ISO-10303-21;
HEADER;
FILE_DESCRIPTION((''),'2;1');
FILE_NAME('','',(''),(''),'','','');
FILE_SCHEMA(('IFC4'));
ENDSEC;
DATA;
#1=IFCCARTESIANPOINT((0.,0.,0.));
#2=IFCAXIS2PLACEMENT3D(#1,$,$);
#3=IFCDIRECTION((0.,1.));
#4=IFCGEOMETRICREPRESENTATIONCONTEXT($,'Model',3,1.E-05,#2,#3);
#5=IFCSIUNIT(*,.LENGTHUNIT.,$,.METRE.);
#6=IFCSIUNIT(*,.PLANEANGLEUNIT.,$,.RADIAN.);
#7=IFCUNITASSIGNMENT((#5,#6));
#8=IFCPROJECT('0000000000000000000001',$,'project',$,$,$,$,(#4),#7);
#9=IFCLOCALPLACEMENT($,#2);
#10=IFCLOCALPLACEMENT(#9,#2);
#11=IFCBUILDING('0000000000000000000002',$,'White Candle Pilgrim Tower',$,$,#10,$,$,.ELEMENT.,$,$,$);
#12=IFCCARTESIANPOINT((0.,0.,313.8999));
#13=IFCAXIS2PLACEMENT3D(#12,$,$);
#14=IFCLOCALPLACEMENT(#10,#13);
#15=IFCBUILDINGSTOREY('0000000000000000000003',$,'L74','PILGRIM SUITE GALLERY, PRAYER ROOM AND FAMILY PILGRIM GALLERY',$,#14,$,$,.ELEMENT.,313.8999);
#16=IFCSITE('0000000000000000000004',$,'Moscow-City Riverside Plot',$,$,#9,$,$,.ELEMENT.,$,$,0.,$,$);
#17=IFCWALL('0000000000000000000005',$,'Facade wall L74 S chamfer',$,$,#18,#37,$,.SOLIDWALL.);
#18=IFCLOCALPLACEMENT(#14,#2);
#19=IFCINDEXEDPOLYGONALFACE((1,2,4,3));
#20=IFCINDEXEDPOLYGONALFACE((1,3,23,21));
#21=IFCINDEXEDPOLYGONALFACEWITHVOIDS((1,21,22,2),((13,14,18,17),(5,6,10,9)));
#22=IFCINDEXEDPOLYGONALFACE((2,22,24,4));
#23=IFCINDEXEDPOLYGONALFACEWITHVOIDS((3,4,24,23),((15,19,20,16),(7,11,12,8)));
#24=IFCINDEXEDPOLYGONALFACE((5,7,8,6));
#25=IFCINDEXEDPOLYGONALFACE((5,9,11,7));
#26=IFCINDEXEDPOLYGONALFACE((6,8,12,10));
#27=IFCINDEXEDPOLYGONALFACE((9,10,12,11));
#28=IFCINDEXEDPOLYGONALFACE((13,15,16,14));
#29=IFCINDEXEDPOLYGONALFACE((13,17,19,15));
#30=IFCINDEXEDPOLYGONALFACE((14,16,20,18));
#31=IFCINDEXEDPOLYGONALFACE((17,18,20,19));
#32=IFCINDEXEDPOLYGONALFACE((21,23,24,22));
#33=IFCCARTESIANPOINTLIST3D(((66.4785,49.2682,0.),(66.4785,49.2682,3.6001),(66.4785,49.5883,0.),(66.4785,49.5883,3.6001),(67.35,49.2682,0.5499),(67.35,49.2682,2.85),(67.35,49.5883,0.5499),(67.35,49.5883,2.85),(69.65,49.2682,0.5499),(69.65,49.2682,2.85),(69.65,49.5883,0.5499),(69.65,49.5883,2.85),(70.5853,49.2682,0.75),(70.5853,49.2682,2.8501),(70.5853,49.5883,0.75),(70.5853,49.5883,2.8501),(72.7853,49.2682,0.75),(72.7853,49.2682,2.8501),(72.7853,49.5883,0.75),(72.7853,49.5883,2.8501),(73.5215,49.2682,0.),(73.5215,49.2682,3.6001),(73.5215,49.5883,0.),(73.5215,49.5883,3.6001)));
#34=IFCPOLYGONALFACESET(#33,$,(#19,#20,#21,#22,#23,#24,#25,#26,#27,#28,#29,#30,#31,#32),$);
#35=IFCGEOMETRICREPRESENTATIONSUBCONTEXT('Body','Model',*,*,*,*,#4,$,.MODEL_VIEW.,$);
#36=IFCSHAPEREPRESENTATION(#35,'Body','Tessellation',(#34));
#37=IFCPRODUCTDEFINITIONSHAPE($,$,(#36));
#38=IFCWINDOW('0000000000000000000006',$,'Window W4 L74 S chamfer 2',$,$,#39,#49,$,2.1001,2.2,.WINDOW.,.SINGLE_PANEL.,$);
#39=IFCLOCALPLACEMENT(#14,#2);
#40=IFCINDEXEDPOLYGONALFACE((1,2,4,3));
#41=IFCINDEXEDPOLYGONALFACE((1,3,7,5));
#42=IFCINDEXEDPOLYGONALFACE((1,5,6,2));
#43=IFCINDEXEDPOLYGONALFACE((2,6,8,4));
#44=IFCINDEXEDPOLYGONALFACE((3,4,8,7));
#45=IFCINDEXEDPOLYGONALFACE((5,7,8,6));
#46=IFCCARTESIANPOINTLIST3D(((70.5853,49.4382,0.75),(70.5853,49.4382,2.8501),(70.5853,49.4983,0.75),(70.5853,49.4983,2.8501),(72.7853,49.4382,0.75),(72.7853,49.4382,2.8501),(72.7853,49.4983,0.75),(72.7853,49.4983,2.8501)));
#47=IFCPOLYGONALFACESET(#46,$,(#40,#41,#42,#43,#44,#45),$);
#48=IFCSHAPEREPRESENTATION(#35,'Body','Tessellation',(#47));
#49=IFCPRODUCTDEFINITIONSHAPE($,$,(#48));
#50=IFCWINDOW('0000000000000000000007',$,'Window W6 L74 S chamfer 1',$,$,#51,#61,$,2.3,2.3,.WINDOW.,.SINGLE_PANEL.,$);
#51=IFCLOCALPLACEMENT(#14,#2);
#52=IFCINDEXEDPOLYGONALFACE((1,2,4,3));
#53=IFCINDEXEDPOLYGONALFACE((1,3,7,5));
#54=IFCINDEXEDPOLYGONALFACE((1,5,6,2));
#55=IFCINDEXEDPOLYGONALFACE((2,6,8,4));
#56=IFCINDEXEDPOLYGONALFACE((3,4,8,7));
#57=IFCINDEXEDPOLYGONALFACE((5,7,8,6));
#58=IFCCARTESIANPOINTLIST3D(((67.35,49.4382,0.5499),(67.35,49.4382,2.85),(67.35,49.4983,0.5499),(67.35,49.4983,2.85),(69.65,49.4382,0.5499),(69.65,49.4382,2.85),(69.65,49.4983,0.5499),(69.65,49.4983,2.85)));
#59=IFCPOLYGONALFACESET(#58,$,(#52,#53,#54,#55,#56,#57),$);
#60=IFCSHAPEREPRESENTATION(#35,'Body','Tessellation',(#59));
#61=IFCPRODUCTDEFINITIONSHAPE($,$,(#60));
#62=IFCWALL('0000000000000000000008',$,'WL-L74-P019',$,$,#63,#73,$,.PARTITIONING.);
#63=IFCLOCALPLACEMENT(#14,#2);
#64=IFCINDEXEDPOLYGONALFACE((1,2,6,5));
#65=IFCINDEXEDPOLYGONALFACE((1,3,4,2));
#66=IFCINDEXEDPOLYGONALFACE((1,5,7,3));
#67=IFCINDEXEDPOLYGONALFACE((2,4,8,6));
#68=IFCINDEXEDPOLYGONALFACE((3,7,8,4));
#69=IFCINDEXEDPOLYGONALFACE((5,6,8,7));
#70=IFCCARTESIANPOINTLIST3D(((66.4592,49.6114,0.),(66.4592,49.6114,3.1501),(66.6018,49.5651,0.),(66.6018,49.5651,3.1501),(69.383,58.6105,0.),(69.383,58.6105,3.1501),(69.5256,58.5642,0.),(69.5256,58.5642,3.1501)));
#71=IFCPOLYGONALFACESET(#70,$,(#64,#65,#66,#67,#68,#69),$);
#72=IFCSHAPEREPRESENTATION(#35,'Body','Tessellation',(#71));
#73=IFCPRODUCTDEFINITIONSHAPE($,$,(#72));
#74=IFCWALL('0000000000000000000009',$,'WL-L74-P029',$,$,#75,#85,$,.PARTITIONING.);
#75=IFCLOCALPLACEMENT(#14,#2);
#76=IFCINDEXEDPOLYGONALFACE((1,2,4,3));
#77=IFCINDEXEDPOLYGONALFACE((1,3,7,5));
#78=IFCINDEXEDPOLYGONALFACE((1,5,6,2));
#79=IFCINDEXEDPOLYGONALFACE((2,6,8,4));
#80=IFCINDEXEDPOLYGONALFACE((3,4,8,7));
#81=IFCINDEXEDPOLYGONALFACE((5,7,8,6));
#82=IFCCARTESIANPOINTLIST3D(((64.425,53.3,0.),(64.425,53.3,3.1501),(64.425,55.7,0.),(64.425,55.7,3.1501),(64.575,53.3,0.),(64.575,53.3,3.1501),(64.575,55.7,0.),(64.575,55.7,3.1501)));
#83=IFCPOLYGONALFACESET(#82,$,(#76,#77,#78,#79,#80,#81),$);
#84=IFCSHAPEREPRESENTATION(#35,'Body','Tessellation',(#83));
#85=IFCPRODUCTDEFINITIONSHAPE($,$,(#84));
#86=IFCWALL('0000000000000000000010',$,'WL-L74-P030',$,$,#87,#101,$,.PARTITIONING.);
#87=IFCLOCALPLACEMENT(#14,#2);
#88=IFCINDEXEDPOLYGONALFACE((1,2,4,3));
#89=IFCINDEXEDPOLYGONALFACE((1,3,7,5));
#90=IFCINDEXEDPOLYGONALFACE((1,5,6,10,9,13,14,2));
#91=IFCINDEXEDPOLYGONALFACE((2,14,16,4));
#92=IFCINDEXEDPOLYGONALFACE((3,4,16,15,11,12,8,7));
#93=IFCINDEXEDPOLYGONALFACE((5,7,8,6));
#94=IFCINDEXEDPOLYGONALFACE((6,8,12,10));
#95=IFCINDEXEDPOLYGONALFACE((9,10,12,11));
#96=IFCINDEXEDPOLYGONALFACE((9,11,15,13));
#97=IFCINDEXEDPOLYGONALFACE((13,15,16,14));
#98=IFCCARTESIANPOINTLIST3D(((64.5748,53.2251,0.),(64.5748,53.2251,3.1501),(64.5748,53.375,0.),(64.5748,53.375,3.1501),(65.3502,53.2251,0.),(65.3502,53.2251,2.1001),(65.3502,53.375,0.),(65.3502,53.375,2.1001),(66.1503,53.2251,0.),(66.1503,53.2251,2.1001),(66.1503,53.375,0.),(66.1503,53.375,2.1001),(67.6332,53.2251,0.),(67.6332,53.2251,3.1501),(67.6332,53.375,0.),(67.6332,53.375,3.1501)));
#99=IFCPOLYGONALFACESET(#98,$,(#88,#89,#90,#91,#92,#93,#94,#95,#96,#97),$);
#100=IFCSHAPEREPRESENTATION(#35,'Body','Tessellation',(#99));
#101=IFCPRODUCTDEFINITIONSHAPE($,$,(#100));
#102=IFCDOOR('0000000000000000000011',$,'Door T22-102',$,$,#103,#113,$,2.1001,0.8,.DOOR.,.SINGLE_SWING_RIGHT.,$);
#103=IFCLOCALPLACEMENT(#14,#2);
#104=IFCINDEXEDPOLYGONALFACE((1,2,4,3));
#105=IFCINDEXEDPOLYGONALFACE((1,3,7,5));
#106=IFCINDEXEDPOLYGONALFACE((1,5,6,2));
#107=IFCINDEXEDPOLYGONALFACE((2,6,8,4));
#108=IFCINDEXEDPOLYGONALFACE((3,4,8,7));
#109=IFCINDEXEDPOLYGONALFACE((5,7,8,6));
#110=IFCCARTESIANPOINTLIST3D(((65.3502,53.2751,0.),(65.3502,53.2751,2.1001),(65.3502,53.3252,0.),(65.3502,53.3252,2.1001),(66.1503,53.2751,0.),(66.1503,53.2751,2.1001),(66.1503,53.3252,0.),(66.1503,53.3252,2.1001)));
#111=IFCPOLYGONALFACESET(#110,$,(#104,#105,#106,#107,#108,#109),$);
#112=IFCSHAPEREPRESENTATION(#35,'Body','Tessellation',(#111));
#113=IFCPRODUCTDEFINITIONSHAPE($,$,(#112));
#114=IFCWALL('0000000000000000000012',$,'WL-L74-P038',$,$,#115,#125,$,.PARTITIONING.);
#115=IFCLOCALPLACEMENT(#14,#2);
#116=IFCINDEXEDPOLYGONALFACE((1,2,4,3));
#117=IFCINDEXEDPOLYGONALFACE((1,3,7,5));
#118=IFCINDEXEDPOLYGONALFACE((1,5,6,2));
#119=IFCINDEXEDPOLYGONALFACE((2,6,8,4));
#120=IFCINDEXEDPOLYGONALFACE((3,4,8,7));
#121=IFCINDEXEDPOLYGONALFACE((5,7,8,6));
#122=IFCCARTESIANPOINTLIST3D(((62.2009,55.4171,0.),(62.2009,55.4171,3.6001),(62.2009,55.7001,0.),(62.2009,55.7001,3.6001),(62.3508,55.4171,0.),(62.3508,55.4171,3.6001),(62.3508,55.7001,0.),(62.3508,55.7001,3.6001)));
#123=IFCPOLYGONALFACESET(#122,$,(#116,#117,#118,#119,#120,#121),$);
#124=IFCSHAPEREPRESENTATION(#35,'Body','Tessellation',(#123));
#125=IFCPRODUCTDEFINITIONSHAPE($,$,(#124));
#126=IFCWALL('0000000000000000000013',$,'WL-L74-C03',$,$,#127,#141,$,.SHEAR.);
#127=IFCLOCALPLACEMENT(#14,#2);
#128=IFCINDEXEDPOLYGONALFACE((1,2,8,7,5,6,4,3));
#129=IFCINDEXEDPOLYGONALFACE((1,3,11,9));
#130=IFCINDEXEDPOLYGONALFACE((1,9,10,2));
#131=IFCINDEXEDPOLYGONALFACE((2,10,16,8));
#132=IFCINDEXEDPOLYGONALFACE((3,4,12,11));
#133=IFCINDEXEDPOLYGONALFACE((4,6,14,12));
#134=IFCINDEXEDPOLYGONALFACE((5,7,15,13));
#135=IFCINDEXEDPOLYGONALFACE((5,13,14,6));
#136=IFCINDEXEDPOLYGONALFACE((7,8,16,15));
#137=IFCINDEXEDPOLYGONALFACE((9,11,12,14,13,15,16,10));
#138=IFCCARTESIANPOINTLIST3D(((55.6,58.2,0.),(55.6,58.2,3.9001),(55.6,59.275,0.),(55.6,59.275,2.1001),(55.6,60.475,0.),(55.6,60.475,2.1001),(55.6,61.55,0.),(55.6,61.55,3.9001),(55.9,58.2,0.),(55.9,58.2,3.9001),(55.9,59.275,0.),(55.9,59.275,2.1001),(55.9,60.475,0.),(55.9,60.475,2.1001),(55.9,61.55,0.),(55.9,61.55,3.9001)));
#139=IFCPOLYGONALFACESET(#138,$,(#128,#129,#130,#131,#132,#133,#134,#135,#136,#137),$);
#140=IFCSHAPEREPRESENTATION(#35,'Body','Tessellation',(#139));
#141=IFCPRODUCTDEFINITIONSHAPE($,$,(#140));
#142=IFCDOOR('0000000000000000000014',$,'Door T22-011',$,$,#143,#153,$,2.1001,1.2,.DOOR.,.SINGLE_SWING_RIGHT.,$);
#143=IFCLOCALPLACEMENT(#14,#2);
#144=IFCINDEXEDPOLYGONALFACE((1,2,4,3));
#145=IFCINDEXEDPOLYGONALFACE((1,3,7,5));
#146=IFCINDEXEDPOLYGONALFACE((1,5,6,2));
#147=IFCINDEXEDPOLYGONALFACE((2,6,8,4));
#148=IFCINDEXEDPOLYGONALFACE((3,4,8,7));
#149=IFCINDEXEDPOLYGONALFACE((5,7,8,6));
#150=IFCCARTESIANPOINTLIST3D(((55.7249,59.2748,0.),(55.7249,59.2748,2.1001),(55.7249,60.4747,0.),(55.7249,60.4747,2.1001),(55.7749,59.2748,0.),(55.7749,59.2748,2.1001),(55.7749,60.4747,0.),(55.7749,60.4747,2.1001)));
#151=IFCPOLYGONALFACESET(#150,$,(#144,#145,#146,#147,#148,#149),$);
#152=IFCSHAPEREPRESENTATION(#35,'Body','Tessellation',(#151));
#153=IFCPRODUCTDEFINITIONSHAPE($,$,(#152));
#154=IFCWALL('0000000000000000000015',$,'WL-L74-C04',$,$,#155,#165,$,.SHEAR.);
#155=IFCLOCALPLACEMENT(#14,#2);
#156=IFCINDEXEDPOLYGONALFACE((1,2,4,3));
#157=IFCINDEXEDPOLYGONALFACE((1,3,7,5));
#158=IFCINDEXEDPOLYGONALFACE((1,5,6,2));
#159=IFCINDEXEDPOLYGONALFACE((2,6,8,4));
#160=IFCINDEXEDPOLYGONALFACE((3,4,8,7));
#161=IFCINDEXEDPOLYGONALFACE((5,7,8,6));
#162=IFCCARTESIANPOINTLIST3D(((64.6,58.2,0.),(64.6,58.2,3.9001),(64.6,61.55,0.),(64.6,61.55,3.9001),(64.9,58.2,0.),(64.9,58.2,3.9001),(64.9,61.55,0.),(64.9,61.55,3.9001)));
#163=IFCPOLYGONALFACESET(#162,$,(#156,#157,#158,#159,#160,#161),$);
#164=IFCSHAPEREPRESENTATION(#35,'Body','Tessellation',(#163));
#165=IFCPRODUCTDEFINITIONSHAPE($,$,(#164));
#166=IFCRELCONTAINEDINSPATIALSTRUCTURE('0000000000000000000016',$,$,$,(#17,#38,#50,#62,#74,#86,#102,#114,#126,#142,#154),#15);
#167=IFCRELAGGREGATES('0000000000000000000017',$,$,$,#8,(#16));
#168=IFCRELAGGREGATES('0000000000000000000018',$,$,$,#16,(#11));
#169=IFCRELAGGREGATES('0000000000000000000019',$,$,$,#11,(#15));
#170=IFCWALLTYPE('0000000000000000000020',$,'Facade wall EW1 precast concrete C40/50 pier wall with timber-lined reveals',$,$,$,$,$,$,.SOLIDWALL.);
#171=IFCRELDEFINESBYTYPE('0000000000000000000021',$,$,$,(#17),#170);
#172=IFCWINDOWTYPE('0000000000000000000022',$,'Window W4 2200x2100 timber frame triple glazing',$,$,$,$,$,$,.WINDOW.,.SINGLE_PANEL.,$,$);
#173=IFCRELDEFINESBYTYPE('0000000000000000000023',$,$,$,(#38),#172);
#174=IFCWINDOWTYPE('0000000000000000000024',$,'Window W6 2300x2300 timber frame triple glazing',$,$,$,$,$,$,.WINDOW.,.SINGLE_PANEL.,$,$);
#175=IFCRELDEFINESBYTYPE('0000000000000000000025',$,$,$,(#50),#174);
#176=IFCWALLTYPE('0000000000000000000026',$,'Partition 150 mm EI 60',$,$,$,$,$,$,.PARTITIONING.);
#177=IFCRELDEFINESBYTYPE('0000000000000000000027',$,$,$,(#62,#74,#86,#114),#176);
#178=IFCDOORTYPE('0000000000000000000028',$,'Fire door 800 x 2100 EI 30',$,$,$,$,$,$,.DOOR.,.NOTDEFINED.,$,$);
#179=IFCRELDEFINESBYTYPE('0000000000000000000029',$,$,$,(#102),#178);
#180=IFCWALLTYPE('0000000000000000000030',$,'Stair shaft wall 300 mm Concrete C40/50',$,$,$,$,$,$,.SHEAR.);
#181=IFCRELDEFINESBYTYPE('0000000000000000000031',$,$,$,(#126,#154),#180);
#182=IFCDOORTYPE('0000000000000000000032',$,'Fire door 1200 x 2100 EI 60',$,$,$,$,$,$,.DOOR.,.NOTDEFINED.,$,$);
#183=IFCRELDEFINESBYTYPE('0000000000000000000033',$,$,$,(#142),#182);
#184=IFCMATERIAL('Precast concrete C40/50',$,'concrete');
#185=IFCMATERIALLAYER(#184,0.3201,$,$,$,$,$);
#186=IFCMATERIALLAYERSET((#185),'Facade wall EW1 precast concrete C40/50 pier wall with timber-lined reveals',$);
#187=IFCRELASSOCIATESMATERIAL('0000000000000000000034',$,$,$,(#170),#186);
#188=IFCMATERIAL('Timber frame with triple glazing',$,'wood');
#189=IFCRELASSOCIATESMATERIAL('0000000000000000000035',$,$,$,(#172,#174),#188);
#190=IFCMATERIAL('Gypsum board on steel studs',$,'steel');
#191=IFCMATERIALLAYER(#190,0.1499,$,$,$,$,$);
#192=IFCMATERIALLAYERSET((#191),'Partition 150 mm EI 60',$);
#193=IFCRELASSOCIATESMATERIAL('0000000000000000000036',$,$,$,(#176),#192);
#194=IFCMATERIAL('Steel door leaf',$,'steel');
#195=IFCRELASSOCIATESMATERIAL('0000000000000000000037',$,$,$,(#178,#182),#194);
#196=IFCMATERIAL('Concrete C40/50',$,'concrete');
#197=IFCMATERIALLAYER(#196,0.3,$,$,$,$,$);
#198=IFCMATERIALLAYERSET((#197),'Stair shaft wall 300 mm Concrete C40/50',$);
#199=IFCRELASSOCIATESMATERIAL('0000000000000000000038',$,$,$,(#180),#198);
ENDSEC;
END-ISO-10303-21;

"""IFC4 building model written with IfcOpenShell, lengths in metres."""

from ifc_helpers import new_model, si_unit, direction, frame, frame_2d, origin, place, context, subcontext, project, spatial, rectangle, extrude, material, layer, layer_set, type_object, element, fill, save


model = new_model("IFC4")

# Units and contexts
model_context = context("Model", 3, precision=1e-05, world=origin(), true_north=direction((0.0, 1.0)))
body_context = subcontext(model_context, "Body", "Model", "MODEL_VIEW")
ifc_project = project(units=[si_unit("LENGTHUNIT", "METRE"), si_unit("PLANEANGLEUNIT", "RADIAN")], contexts=[model_context])

# Site, building, storey
site_placement = place(None, origin())
site = spatial("IfcSite", under=ifc_project, at=site_placement, Name="Moscow-City Riverside Plot", CompositionType="ELEMENT", RefElevation=0.0)
building_placement = place(site_placement, origin())
building = spatial("IfcBuilding", under=site, at=building_placement, Name="White Candle Pilgrim Tower", CompositionType="ELEMENT")
storey_placement = place(building_placement, frame((0.0, 0.0, 313.8999)))
storey = spatial("IfcBuildingStorey", under=building, at=storey_placement, Name="L74", Description="PILGRIM SUITE GALLERY, PRAYER ROOM AND FAMILY PILGRIM GALLERY", CompositionType="ELEMENT", Elevation=313.8999)

# Shared definitions
ifc_material_1 = material(Name="Gypsum board on steel studs", Category="steel")
ifc_material_2 = material(Name="Steel door leaf", Category="steel")

# Wall, openings, windows
ifc_material_3 = material(Name="Precast concrete C40/50", Category="concrete")
ifc_layer_1 = layer(ifc_material_3, 0.3201)
ifc_layer_set_1 = layer_set([ifc_layer_1], Name="Facade wall EW1 precast concrete C40/50 pier wall with timber-lined reveals")
wall_type_1 = type_object("IfcWallType", Name="Facade wall EW1 precast concrete C40/50 pier wall with timber-lined reveals", PredefinedType="SOLIDWALL", material=ifc_layer_set_1)
wall_1_placement = place(storey_placement, frame((66.4785, 49.4282, 0.0), z_axis=(0.0, 0.0, 1.0), x_axis=(1.0, 0.0, 0.0)))
wall_1 = element("IfcWall", 1, at=wall_1_placement, inside=storey, type_object=wall_type_1, Name="Facade wall L74 S chamfer", PredefinedType="SOLIDWALL", context=body_context, shape_type="SweptSolid", body=[
    extrude(rectangle(XDim=7.043, YDim=0.3201, at=frame_2d((3.5215, 0.0))), origin(), (0.0, 0.0, 1.0), 3.6001),
])
opening_1_placement = place(wall_1_placement, frame((0.8716, 0.0, 0.55)))
opening_1 = element("IfcOpeningElement", 2, at=opening_1_placement, cuts=wall_1, PredefinedType="OPENING", context=body_context, shape_type="SweptSolid", body=[
    extrude(rectangle(XDim=2.3, YDim=2.3, at=frame_2d((1.1499, 1.1499))), frame((0.0, 0.1699, 0.0), z_axis=(0.0, -1.0, 0.0), x_axis=(1.0, 0.0, 0.0)), (0.0, 0.0, 1.0), 0.3401),
])
opening_2_placement = place(wall_1_placement, frame((4.1067, 0.0, 0.75)))
opening_2 = element("IfcOpeningElement", 3, at=opening_2_placement, cuts=wall_1, PredefinedType="OPENING", context=body_context, shape_type="SweptSolid", body=[
    extrude(rectangle(XDim=2.2, YDim=2.1001, at=frame_2d((1.1001, 1.05))), frame((0.0, 0.1699, 0.0), z_axis=(0.0, -1.0, 0.0), x_axis=(1.0, 0.0, 0.0)), (0.0, 0.0, 1.0), 0.3401),
])
ifc_material_4 = material(Name="Timber frame with triple glazing", Category="wood")
window_type_1 = type_object("IfcWindowType", Name="Window W4 2200x2100 timber frame triple glazing", PartitioningType="SINGLE_PANEL", PredefinedType="WINDOW", material=ifc_material_4)
window_1_placement = place(opening_2_placement, origin())
window_1 = element("IfcWindow", 4, at=window_1_placement, inside=storey, type_object=window_type_1, Name="Window W4 L74 S chamfer 2", OverallHeight=2.1001, OverallWidth=2.2, PartitioningType="SINGLE_PANEL", PredefinedType="WINDOW", context=body_context, shape_type="SweptSolid", body=[
    extrude(rectangle(XDim=2.2, YDim=2.1001, at=frame_2d((1.1001, 1.05))), frame((0.0, 0.0701, 0.0), z_axis=(0.0, -1.0, 0.0), x_axis=(1.0, 0.0, 0.0)), (0.0, 0.0, 1.0), 0.0601),
])
fill(opening_2, window_1)
window_type_2 = type_object("IfcWindowType", Name="Window W6 2300x2300 timber frame triple glazing", PartitioningType="SINGLE_PANEL", PredefinedType="WINDOW", material=ifc_material_4)
window_2_placement = place(opening_1_placement, origin())
window_2 = element("IfcWindow", 5, at=window_2_placement, inside=storey, type_object=window_type_2, Name="Window W6 L74 S chamfer 1", OverallHeight=2.3, OverallWidth=2.3, PartitioningType="SINGLE_PANEL", PredefinedType="WINDOW", context=body_context, shape_type="SweptSolid", body=[
    extrude(rectangle(XDim=2.3, YDim=2.3, at=frame_2d((1.1499, 1.1499))), frame((0.0, 0.0701, 0.0), z_axis=(0.0, -1.0, 0.0), x_axis=(1.0, 0.0, 0.0)), (0.0, 0.0, 1.0), 0.0601),
])
fill(opening_1, window_2)

# Walls
ifc_layer_2 = layer(ifc_material_1, 0.1499)
ifc_layer_set_2 = layer_set([ifc_layer_2], Name="Partition 150 mm EI 60")
wall_type_2 = type_object("IfcWallType", Name="Partition 150 mm EI 60", PredefinedType="PARTITIONING", material=ifc_layer_set_2)
wall_2_placement = place(storey_placement, frame((66.5305, 49.5884, 0.0), z_axis=(0.0, 0.0, 1.0), x_axis=(0.309004, 0.951061, 0.0)))
element("IfcWall", 6, at=wall_2_placement, inside=storey, type_object=wall_type_2, Name="WL-L74-P019", PredefinedType="PARTITIONING", context=body_context, shape_type="SweptSolid", body=[
    extrude(rectangle(XDim=9.4622, YDim=0.1499, at=frame_2d((4.731, 0.0))), origin(), (0.0, 0.0, 1.0), 3.1501),
])
wall_3_placement = place(storey_placement, frame((64.5, 55.7, 0.0), z_axis=(0.0, 0.0, 1.0), x_axis=(0.0, -1.0, 0.0)))
element("IfcWall", 7, at=wall_3_placement, inside=storey, type_object=wall_type_2, Name="WL-L74-P029", PredefinedType="PARTITIONING", context=body_context, shape_type="SweptSolid", body=[
    extrude(rectangle(XDim=2.3999, YDim=0.1499, at=frame_2d((1.2, 0.0))), origin(), (0.0, 0.0, 1.0), 3.1501),
])

# Wall, opening, door
wall_4_placement = place(storey_placement, frame((67.6333, 53.3, 0.0), z_axis=(0.0, 0.0, 1.0), x_axis=(-1.0, 0.0, 0.0)))
wall_4 = element("IfcWall", 8, at=wall_4_placement, inside=storey, type_object=wall_type_2, Name="WL-L74-P030", PredefinedType="PARTITIONING", context=body_context, shape_type="SweptSolid", body=[
    extrude(rectangle(XDim=3.0583, YDim=0.1499, at=frame_2d((1.5293, 0.0))), origin(), (0.0, 0.0, 1.0), 3.1501),
])
opening_3_placement = place(wall_4_placement, frame((1.4832, 0.0, 0.0)))
opening_3 = element("IfcOpeningElement", 9, at=opening_3_placement, cuts=wall_4, PredefinedType="OPENING", context=body_context, shape_type="SweptSolid", body=[
    extrude(rectangle(XDim=0.8, YDim=2.1001, at=frame_2d((0.3999, 1.05))), frame((0.0, 0.085, 0.0), z_axis=(0.0, -1.0, 0.0), x_axis=(1.0, 0.0, 0.0)), (0.0, 0.0, 1.0), 0.1699),
])
door_type_1 = type_object("IfcDoorType", Name="Fire door 800 x 2100 EI 30", OperationType="NOTDEFINED", PredefinedType="DOOR", material=ifc_material_2)
door_1_placement = place(opening_3_placement, origin())
door_1 = element("IfcDoor", 10, at=door_1_placement, inside=storey, type_object=door_type_1, Name="Door T22-102", OperationType="SINGLE_SWING_RIGHT", OverallHeight=2.1001, OverallWidth=0.8, PredefinedType="DOOR", context=body_context, shape_type="SweptSolid", body=[
    extrude(rectangle(XDim=0.8, YDim=2.1001, at=frame_2d((0.3999, 1.05))), frame((0.0, 0.0249, 0.0), z_axis=(0.0, -1.0, 0.0), x_axis=(1.0, 0.0, 0.0)), (0.0, 0.0, 1.0), 0.05),
])
fill(opening_3, door_1)

# Wall
wall_5_placement = place(storey_placement, frame((62.2759, 55.417, 0.0), z_axis=(0.0, 0.0, 1.0), x_axis=(0.0, 1.0, 0.0)))
element("IfcWall", 11, at=wall_5_placement, inside=storey, type_object=wall_type_2, Name="WL-L74-P038", PredefinedType="PARTITIONING", context=body_context, shape_type="SweptSolid", body=[
    extrude(rectangle(XDim=0.283, YDim=0.1499, at=frame_2d((0.1416, 0.0))), origin(), (0.0, 0.0, 1.0), 3.6001),
])

# Wall, opening, door
ifc_material_5 = material(Name="Concrete C40/50", Category="concrete")
ifc_layer_3 = layer(ifc_material_5, 0.3)
ifc_layer_set_3 = layer_set([ifc_layer_3], Name="Stair shaft wall 300 mm Concrete C40/50")
wall_type_3 = type_object("IfcWallType", Name="Stair shaft wall 300 mm Concrete C40/50", PredefinedType="SHEAR", material=ifc_layer_set_3)
wall_6_placement = place(storey_placement, frame((55.75, 58.2, 0.0), z_axis=(0.0, 0.0, 1.0), x_axis=(0.0, 1.0, 0.0)))
wall_6 = element("IfcWall", 12, at=wall_6_placement, inside=storey, type_object=wall_type_3, Name="WL-L74-C03", PredefinedType="SHEAR", context=body_context, shape_type="SweptSolid", body=[
    extrude(rectangle(XDim=3.3501, YDim=0.3, at=frame_2d((1.675, 0.0))), origin(), (0.0, 0.0, 1.0), 3.9001),
])
opening_4_placement = place(wall_6_placement, frame((1.075, 0.0, 0.0)))
opening_4 = element("IfcOpeningElement", 13, at=opening_4_placement, cuts=wall_6, PredefinedType="OPENING", context=body_context, shape_type="SweptSolid", body=[
    extrude(rectangle(XDim=1.2, YDim=2.1001, at=frame_2d((0.6001, 1.05))), frame((0.0, 0.1599, 0.0), z_axis=(0.0, -1.0, 0.0), x_axis=(1.0, 0.0, 0.0)), (0.0, 0.0, 1.0), 0.3201),
])
door_type_2 = type_object("IfcDoorType", Name="Fire door 1200 x 2100 EI 60", OperationType="NOTDEFINED", PredefinedType="DOOR", material=ifc_material_2)
door_2_placement = place(opening_4_placement, frame((1.2, 0.0, 0.0), z_axis=(0.0, 0.0, 1.0), x_axis=(-1.0, 0.0, 0.0)))
door_2 = element("IfcDoor", 14, at=door_2_placement, inside=storey, type_object=door_type_2, Name="Door T22-011", OperationType="SINGLE_SWING_RIGHT", OverallHeight=2.1001, OverallWidth=1.2, PredefinedType="DOOR", context=body_context, shape_type="SweptSolid", body=[
    extrude(rectangle(XDim=1.2, YDim=2.1001, at=frame_2d((0.6001, 1.05))), frame((0.0, 0.0249, 0.0), z_axis=(0.0, -1.0, 0.0), x_axis=(1.0, 0.0, 0.0)), (0.0, 0.0, 1.0), 0.05),
])
fill(opening_4, door_2)

# Wall
wall_7_placement = place(storey_placement, frame((64.75, 58.2, 0.0), z_axis=(0.0, 0.0, 1.0), x_axis=(0.0, 1.0, 0.0)))
element("IfcWall", 15, at=wall_7_placement, inside=storey, type_object=wall_type_3, Name="WL-L74-C04", PredefinedType="SHEAR", context=body_context, shape_type="SweptSolid", body=[
    extrude(rectangle(XDim=3.3501, YDim=0.3, at=frame_2d((1.675, 0.0))), origin(), (0.0, 0.0, 1.0), 3.9001),
])

save(model, "model.ifc")
